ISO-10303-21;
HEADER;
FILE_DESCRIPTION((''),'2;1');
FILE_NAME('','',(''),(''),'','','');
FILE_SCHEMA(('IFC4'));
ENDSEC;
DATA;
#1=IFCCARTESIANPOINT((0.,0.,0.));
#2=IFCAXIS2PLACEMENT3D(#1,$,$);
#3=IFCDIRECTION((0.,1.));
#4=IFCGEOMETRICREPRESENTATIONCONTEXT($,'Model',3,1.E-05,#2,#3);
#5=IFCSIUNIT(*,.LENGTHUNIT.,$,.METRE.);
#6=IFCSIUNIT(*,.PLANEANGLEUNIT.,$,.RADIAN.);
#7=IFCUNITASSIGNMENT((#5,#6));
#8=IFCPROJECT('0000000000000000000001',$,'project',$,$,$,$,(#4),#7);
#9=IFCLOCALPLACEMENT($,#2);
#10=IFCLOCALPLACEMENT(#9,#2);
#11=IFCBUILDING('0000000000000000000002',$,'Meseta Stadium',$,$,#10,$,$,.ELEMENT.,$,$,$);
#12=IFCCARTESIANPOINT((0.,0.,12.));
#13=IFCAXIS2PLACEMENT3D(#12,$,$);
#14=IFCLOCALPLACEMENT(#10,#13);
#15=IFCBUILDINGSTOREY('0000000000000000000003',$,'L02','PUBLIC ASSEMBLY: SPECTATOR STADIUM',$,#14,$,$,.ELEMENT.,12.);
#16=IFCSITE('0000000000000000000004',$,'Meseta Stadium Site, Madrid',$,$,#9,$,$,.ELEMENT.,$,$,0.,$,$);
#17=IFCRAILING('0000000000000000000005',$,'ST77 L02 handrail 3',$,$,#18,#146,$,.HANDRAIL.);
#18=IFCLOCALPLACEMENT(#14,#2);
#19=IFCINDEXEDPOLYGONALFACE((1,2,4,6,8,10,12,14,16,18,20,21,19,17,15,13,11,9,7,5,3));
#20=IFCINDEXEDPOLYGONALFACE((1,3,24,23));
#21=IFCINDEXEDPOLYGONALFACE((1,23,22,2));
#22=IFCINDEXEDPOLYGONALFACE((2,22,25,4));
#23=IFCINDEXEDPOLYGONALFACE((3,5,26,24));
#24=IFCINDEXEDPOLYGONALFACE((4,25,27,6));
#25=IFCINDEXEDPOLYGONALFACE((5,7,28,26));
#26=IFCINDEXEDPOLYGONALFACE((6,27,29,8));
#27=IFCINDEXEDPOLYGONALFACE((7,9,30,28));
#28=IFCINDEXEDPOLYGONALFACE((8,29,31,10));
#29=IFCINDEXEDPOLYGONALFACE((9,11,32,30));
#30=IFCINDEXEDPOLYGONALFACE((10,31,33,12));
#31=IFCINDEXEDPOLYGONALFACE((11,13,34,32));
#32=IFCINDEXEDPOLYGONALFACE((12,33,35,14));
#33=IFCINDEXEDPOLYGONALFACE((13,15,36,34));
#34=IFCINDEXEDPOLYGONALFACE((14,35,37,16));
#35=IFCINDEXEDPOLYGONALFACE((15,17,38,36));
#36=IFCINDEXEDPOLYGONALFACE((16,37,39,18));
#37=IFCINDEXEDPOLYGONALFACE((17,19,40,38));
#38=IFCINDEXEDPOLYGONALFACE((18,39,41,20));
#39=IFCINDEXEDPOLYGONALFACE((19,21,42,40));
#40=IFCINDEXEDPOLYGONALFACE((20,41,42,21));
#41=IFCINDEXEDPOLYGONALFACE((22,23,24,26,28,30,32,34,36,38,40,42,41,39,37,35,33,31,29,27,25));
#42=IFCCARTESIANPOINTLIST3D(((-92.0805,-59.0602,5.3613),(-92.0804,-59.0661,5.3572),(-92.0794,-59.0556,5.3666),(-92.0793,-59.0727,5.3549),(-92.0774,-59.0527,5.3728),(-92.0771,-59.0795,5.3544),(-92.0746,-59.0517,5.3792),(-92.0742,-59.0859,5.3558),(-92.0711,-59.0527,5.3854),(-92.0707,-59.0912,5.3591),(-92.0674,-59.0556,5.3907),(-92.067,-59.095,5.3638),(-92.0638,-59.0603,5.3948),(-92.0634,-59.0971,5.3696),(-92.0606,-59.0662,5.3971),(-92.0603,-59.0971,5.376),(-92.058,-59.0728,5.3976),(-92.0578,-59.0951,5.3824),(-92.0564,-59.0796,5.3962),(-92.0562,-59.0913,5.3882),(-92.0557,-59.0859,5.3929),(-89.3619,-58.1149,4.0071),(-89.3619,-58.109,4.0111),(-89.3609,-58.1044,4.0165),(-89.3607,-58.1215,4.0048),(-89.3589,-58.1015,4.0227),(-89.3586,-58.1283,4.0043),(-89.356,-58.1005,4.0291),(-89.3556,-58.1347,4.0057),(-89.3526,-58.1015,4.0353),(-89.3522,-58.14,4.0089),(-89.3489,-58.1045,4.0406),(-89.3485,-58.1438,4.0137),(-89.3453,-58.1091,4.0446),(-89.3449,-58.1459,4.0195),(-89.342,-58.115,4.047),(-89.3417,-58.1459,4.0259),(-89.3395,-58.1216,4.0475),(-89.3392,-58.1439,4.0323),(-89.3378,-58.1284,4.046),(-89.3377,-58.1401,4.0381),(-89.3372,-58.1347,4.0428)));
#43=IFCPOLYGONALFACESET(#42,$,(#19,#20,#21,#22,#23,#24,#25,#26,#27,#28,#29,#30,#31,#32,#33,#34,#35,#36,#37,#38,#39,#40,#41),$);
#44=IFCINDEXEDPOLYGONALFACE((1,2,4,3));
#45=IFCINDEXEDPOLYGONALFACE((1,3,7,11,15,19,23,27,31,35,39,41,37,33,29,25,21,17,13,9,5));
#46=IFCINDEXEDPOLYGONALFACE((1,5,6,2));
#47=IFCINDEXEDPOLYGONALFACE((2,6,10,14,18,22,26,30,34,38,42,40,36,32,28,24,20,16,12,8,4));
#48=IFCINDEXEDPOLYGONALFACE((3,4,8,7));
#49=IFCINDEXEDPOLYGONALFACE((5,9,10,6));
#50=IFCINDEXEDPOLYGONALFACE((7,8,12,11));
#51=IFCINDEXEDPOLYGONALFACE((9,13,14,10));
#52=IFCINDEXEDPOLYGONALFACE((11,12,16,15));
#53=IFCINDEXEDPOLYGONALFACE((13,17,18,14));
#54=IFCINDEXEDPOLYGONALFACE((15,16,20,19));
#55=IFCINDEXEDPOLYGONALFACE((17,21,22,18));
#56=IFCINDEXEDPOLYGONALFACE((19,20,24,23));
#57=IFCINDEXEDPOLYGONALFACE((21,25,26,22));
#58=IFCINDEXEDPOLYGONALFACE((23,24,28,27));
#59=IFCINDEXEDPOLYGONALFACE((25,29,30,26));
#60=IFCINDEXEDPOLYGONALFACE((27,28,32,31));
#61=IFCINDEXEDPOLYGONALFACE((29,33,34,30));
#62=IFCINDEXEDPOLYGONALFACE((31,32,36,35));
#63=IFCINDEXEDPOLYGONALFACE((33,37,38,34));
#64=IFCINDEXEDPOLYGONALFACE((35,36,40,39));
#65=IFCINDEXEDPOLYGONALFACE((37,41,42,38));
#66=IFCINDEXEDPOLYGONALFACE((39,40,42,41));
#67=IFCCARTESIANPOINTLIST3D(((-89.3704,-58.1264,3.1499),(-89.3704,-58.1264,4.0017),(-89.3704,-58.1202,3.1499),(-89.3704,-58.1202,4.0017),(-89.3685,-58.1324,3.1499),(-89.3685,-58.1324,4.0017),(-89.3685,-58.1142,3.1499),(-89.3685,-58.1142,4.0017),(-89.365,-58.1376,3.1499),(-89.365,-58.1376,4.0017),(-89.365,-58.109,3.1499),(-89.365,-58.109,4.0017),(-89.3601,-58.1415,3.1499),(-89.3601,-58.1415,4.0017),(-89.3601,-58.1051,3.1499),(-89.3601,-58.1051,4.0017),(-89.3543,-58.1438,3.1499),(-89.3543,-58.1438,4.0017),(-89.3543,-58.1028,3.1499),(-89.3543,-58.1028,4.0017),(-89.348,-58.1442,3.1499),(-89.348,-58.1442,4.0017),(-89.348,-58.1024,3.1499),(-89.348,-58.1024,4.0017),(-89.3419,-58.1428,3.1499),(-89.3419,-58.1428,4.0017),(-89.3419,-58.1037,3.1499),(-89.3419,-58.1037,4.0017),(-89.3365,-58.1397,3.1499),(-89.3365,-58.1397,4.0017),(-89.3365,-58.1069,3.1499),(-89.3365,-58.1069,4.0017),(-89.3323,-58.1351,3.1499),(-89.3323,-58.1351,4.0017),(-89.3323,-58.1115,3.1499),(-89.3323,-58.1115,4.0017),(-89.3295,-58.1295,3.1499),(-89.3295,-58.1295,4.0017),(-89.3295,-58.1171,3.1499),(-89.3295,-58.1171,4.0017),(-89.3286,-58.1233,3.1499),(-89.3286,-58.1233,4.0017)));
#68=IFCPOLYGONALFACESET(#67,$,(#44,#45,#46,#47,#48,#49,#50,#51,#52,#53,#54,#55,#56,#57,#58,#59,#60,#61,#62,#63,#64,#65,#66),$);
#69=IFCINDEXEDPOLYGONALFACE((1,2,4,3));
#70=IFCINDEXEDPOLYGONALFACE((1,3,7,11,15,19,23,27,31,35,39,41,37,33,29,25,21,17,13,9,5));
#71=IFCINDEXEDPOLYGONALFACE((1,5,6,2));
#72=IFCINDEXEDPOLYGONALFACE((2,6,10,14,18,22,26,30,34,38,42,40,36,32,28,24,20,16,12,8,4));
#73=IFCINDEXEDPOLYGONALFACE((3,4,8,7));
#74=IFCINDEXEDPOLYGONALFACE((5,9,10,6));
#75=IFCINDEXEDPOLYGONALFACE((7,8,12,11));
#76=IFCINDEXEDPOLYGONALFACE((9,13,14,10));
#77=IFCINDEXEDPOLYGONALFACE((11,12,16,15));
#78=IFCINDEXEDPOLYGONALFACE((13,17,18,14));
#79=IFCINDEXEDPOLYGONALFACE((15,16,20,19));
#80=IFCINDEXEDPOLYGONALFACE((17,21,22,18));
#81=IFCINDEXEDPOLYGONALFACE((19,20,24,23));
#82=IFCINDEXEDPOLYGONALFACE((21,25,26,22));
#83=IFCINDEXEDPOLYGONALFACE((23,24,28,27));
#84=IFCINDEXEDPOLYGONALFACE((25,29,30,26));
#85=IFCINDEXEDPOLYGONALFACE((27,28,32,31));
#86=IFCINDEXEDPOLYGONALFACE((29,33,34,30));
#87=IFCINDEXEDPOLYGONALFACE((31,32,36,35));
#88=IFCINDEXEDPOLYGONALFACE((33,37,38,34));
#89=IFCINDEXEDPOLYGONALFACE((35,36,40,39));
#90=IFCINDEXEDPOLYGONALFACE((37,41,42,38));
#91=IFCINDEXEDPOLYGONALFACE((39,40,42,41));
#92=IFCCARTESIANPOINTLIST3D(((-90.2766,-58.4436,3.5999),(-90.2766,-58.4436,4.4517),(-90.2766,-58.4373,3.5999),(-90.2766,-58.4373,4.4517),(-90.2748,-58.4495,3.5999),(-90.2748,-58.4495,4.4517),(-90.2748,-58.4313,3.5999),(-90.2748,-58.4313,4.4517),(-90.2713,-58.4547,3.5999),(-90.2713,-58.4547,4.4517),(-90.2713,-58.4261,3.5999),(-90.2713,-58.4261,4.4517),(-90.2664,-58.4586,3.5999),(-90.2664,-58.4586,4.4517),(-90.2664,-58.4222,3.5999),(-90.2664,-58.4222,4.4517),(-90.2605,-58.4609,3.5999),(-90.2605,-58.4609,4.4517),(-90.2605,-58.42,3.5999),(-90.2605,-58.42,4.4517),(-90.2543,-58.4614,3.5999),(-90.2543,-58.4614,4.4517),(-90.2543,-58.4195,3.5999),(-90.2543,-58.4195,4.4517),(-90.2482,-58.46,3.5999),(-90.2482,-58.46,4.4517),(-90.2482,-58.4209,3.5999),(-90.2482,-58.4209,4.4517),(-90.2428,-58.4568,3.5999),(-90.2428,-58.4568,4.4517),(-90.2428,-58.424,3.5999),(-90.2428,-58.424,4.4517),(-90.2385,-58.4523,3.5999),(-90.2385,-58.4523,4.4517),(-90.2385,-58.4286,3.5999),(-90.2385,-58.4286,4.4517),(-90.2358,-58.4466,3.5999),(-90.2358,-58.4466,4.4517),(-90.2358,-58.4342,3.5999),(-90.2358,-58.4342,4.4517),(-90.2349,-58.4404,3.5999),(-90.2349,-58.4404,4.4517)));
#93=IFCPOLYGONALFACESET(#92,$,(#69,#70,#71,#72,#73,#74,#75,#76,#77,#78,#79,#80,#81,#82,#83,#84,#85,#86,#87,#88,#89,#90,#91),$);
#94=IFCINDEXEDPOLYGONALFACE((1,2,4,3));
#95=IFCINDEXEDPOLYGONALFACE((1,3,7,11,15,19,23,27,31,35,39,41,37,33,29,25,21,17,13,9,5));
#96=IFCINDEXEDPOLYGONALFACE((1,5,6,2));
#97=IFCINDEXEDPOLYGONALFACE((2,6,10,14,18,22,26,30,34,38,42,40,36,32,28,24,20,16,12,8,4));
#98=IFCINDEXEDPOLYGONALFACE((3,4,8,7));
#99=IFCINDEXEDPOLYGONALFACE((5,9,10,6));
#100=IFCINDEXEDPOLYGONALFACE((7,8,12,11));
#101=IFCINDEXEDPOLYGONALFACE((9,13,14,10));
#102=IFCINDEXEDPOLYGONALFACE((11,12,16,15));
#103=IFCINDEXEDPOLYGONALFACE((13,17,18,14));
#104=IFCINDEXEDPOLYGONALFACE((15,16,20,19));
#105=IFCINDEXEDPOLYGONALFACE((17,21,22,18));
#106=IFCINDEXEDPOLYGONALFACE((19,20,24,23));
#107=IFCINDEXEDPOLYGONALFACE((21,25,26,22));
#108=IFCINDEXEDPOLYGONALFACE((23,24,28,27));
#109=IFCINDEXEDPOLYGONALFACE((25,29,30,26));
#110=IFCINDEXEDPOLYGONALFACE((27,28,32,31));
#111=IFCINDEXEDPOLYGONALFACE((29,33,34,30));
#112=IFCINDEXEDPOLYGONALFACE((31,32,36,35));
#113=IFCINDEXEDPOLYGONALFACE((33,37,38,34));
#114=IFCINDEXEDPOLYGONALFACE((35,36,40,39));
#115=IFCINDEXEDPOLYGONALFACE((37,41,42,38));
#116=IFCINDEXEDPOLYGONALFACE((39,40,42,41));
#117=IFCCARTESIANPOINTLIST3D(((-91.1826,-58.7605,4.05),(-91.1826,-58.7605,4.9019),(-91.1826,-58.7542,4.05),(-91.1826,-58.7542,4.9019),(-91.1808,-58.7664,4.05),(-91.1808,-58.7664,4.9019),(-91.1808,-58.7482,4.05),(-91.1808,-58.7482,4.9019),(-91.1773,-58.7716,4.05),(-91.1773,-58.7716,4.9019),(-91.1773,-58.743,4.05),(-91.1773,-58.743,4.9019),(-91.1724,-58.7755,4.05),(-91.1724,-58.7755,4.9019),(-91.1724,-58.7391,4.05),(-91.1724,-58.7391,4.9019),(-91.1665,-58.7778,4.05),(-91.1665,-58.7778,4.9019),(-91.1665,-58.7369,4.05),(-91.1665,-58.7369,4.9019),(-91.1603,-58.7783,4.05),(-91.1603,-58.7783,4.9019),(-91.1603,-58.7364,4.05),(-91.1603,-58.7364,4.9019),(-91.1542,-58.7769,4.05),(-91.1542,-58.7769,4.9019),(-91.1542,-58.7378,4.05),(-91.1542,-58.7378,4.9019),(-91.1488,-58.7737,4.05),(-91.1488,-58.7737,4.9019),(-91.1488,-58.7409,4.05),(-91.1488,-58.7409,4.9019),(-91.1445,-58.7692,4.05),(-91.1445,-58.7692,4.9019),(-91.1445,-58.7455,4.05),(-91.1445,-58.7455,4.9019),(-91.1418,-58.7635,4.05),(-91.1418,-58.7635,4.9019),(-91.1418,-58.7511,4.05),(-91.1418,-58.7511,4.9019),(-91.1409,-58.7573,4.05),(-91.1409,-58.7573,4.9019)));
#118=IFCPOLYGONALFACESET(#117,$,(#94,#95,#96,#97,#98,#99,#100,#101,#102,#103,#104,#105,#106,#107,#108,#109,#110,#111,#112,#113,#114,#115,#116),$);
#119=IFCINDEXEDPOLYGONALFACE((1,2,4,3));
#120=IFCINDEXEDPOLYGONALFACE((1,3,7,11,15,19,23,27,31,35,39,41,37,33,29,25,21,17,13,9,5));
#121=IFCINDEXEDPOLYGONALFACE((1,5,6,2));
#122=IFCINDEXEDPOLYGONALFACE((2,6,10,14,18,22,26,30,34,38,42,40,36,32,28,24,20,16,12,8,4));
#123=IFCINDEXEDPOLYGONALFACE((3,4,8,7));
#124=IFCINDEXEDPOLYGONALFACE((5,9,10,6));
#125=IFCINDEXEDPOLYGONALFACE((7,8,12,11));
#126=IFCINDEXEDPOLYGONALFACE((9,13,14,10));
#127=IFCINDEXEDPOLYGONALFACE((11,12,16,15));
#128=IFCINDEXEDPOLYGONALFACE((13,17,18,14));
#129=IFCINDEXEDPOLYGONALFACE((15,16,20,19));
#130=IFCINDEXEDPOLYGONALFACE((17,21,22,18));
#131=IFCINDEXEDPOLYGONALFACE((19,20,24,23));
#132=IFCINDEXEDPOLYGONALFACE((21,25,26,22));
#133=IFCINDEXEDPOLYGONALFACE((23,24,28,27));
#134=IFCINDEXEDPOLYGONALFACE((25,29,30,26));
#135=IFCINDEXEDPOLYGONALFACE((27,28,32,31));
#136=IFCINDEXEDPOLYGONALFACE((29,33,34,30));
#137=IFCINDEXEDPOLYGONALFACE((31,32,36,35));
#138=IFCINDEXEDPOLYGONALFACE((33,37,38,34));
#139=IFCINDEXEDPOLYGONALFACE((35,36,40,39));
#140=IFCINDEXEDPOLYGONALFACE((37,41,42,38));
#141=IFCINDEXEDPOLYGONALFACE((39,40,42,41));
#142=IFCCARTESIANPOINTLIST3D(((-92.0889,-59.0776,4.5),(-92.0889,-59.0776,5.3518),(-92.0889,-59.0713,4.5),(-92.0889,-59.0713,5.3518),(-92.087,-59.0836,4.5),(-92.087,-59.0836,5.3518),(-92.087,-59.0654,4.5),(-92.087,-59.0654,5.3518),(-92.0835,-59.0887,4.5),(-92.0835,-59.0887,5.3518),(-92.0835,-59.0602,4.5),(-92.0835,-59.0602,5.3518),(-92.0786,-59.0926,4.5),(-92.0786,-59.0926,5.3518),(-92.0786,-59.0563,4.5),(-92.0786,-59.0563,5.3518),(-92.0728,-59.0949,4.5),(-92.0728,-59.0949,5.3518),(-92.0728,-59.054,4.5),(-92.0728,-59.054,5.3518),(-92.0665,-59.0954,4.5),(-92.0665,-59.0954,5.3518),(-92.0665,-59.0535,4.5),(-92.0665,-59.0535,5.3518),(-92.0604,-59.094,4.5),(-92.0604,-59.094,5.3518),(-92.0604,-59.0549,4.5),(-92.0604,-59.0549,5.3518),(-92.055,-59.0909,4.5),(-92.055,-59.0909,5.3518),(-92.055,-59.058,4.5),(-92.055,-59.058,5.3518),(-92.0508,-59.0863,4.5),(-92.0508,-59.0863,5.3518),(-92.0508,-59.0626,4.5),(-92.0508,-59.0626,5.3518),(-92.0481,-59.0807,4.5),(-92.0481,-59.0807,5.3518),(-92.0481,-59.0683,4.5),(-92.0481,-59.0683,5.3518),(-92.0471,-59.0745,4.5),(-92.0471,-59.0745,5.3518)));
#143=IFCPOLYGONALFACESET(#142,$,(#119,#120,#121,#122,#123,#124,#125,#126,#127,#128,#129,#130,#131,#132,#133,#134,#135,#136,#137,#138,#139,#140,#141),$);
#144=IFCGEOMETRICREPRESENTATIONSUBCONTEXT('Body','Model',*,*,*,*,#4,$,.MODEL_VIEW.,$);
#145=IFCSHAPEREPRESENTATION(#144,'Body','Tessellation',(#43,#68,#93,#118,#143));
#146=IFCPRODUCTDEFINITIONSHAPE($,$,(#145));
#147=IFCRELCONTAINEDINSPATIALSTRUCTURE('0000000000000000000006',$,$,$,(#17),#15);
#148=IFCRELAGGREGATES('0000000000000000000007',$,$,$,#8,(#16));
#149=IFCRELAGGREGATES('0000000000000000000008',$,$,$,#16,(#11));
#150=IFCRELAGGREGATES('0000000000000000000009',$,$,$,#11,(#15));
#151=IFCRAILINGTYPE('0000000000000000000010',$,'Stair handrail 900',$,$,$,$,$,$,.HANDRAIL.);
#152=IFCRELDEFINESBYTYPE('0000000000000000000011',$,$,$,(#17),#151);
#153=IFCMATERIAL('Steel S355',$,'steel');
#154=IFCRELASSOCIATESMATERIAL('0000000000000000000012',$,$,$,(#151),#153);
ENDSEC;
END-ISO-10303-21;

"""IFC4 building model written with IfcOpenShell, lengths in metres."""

from ifc_helpers import new_model, si_unit, direction, frame, origin, origin_2d, place, context, subcontext, project, spatial, circle, extrude, material, type_object, element, save


model = new_model("IFC4")

# Units and contexts
model_context = context("Model", 3, precision=1e-05, world=origin(), true_north=direction((0.0, 1.0)))
body_context = subcontext(model_context, "Body", "Model", "MODEL_VIEW")
ifc_project = project(units=[si_unit("LENGTHUNIT", "METRE"), si_unit("PLANEANGLEUNIT", "RADIAN")], contexts=[model_context])

# Site, building, storey
site_placement = place(None, origin())
site = spatial("IfcSite", under=ifc_project, at=site_placement, Name="Meseta Stadium Site, Madrid", CompositionType="ELEMENT", RefElevation=0.0)
building_placement = place(site_placement, origin())
building = spatial("IfcBuilding", under=site, at=building_placement, Name="Meseta Stadium", CompositionType="ELEMENT")
storey_placement = place(building_placement, frame((0.0, 0.0, 12.0)))
storey = spatial("IfcBuildingStorey", under=building, at=storey_placement, Name="L02", Description="PUBLIC ASSEMBLY: SPECTATOR STADIUM", CompositionType="ELEMENT", Elevation=12.0)

# Railing
ifc_material_1 = material(Name="Steel S355", Category="steel")
railing_type_1 = type_object("IfcRailingType", Name="Stair handrail 900", PredefinedType="HANDRAIL", material=ifc_material_1)
for number, where, name in (
    (1, (-89.3496, -58.1233, 3.1499), "ST77 L02 handrail 3"),
):
    element("IfcRailing", number, at=place(storey_placement, frame(where)), inside=storey, type_object=railing_type_1, Name=name, PredefinedType="HANDRAIL", context=body_context, shape_type="SweptSolid", body=[
        extrude(circle(Radius=0.0239, at=origin_2d()), frame((0.0, 0.0, 0.876), z_axis=(-0.854649, -0.299031, 0.424446), x_axis=(0.330256, -0.943891, 0.0)), (0.0, 0.0, 1.0), 3.1809),
        extrude(circle(Radius=0.021, at=origin_2d()), origin(), (0.0, 0.0, 1.0), 0.8518),
        extrude(circle(Radius=0.021, at=origin_2d()), frame((-0.9062, -0.3171, 0.45)), (0.0, 0.0, 1.0), 0.8518),
        extrude(circle(Radius=0.021, at=origin_2d()), frame((-1.8123, -0.634, 0.9001)), (0.0, 0.0, 1.0), 0.8518),
        extrude(circle(Radius=0.021, at=origin_2d()), frame((-2.7185, -0.9512, 1.3501)), (0.0, 0.0, 1.0), 0.8518),
    ])

save(model, "model.ifc")
